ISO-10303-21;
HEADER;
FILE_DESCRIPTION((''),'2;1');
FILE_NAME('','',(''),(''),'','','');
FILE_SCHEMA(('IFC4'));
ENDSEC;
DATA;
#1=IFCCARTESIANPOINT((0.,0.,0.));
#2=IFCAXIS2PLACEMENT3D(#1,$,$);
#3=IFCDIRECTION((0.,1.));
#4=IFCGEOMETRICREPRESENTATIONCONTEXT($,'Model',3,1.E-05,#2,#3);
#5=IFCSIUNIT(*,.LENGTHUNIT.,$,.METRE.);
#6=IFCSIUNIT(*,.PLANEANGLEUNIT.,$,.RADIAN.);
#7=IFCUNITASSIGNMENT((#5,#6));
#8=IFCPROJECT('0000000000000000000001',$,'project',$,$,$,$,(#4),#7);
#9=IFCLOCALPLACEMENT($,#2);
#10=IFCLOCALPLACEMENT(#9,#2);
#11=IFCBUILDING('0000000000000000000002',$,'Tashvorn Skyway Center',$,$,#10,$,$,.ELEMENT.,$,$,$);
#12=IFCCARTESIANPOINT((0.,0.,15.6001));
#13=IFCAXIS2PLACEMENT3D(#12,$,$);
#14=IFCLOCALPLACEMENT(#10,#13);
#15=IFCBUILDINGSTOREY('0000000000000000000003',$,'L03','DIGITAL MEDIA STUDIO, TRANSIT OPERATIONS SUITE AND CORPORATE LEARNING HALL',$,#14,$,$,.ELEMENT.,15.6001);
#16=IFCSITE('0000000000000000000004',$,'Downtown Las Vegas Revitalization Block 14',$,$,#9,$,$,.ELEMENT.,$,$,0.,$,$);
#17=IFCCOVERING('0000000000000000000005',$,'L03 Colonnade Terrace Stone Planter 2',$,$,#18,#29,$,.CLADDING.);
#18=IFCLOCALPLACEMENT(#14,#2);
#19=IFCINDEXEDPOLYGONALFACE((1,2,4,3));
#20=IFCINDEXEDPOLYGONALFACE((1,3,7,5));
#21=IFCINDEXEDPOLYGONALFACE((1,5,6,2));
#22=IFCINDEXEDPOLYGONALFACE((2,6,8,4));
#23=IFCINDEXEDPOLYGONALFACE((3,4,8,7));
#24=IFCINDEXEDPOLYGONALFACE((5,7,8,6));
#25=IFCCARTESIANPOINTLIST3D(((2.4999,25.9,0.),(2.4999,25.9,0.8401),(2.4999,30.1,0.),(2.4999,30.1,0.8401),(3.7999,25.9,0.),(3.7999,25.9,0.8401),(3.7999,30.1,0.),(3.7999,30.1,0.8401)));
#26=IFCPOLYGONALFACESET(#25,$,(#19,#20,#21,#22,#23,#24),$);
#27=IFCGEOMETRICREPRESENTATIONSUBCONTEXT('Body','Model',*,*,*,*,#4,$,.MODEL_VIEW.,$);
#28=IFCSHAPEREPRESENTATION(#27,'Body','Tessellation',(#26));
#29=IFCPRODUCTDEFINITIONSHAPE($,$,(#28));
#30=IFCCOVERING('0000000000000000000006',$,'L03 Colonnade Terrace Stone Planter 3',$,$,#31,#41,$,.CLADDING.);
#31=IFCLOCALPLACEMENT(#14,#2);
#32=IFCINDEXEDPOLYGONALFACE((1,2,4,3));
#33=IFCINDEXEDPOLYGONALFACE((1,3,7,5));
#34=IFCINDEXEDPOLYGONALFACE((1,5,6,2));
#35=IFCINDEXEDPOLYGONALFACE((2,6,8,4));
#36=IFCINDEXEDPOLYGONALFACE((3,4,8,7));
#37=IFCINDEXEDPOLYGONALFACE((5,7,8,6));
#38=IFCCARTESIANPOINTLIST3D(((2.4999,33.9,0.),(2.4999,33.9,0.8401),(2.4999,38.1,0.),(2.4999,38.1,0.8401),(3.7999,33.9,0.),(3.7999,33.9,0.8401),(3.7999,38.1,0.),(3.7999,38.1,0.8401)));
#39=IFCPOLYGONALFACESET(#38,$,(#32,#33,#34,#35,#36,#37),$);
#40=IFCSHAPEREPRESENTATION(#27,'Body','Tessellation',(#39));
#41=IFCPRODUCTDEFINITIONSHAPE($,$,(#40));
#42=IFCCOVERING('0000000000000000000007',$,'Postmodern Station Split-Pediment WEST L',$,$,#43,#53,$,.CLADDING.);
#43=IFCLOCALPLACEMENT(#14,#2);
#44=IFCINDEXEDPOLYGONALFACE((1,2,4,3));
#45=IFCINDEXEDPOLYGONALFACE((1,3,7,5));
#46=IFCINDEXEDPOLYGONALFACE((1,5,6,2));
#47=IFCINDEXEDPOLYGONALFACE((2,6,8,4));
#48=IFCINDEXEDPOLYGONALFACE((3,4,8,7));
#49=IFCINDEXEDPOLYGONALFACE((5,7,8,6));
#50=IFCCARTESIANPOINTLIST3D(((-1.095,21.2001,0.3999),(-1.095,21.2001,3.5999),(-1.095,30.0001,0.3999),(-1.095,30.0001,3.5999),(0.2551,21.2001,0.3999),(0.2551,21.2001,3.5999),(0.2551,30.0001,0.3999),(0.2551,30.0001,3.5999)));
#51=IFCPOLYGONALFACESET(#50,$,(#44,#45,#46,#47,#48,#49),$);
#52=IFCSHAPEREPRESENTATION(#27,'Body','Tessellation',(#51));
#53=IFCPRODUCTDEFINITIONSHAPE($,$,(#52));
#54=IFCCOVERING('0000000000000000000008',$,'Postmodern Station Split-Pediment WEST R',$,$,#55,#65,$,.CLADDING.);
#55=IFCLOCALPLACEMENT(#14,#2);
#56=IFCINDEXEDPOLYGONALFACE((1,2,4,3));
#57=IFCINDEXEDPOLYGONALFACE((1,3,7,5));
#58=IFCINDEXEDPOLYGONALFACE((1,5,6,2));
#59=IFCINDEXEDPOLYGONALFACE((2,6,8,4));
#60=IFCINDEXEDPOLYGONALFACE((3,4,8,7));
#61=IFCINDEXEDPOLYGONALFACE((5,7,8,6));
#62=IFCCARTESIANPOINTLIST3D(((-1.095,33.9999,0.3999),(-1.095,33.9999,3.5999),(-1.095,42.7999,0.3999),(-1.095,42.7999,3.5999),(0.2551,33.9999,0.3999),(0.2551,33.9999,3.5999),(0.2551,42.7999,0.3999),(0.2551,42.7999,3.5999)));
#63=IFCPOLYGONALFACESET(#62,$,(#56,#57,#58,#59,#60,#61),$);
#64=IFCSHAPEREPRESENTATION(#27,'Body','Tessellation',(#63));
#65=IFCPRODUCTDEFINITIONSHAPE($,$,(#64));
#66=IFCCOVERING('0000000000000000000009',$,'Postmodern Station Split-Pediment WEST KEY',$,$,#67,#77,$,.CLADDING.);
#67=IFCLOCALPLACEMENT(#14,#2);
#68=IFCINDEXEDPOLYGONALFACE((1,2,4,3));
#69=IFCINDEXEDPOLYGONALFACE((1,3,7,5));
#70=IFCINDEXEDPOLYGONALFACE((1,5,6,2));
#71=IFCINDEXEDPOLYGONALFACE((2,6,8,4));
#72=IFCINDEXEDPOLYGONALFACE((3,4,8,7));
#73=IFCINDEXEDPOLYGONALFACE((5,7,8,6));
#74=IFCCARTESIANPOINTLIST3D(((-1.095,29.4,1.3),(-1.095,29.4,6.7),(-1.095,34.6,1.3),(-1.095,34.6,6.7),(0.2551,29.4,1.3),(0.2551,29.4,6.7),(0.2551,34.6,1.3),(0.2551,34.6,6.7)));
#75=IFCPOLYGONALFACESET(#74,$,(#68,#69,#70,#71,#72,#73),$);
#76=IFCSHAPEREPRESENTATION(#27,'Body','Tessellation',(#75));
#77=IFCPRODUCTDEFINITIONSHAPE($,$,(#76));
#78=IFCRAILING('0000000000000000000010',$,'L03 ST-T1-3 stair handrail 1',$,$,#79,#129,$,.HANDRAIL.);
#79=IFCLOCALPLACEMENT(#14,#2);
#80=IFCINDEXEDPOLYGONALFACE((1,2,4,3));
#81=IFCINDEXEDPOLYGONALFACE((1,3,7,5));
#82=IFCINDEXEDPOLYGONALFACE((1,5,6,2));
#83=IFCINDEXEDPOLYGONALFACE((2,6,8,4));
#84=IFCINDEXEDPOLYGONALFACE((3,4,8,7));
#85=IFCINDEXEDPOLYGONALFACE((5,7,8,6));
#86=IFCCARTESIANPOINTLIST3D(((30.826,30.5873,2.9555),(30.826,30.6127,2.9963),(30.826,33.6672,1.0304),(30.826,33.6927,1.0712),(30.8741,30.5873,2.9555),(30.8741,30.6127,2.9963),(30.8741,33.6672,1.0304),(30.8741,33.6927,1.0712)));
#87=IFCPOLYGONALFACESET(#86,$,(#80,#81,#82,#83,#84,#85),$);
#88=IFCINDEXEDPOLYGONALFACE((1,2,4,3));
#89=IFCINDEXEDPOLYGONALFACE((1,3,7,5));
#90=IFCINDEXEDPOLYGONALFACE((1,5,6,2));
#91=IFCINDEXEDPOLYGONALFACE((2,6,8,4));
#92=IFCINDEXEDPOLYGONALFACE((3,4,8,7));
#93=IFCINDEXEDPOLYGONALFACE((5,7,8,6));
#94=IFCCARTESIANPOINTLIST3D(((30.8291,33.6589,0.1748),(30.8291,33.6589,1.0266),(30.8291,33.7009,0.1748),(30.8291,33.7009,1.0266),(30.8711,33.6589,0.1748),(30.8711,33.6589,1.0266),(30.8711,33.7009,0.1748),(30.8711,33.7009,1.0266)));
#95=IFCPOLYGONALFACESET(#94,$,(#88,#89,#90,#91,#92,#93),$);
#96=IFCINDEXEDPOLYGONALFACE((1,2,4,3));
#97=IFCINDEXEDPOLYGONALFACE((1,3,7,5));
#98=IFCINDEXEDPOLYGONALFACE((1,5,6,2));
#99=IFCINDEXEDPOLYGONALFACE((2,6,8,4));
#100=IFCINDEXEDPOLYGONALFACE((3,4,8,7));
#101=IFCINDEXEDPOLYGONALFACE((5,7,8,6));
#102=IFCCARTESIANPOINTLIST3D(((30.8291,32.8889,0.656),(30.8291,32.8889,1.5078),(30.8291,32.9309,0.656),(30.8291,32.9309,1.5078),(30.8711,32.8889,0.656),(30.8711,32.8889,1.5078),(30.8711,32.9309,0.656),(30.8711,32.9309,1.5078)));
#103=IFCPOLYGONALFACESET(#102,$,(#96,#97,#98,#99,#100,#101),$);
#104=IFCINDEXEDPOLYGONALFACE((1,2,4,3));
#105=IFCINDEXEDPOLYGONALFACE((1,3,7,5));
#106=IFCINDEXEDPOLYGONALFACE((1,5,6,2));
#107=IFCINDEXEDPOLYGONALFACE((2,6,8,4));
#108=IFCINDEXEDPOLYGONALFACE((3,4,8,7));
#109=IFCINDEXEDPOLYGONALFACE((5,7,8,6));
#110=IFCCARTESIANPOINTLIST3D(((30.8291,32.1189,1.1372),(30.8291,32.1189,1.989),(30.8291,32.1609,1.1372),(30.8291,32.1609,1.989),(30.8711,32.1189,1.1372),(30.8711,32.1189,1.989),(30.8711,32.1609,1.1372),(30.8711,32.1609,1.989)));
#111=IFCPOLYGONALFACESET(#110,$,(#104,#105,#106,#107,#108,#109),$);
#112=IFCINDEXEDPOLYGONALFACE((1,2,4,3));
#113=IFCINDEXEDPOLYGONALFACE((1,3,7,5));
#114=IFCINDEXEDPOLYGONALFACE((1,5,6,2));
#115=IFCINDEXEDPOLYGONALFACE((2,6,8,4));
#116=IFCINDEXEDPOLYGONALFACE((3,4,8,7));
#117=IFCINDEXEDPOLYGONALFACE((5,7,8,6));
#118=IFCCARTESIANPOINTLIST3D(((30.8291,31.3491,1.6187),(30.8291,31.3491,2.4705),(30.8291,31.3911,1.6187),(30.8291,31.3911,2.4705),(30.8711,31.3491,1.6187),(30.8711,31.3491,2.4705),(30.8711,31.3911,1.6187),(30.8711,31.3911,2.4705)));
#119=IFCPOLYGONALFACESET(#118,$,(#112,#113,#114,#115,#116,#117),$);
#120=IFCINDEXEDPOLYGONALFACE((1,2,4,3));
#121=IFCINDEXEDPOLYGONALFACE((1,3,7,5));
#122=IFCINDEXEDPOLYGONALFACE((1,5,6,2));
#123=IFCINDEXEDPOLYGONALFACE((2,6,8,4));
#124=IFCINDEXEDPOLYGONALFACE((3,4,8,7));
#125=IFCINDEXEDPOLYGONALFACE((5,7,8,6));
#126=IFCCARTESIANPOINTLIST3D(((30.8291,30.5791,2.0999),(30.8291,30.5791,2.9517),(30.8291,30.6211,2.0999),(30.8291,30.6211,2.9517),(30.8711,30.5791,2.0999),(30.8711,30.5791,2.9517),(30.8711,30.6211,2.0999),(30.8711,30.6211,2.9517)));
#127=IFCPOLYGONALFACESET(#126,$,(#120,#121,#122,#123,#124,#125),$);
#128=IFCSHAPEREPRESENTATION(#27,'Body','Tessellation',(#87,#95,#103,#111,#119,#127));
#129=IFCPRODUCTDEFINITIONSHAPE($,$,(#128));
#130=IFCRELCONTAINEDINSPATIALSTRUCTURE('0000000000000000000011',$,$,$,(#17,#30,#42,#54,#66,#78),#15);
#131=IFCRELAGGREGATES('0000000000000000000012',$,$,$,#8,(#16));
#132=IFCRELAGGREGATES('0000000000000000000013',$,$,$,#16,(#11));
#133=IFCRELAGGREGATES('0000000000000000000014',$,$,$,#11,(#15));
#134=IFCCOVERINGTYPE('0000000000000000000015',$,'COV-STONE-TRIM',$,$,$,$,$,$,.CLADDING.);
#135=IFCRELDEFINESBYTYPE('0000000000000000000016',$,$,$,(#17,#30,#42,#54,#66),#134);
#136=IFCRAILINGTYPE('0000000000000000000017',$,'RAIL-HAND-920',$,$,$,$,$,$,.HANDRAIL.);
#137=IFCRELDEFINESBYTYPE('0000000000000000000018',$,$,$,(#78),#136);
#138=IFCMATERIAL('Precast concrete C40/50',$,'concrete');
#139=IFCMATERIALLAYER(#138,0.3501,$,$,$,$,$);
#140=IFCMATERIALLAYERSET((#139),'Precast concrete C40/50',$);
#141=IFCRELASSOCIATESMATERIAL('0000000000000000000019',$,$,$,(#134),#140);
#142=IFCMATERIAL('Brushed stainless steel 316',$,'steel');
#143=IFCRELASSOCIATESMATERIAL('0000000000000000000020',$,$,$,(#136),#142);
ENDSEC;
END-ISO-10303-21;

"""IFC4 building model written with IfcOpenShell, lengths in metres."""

from ifc_helpers import new_model, si_unit, direction, frame, origin, origin_2d, place, context, subcontext, project, spatial, rectangle, extrude, material, layer, layer_set, type_object, element, save


model = new_model("IFC4")

# Units and contexts
model_context = context("Model", 3, precision=1e-05, world=origin(), true_north=direction((0.0, 1.0)))
body_context = subcontext(model_context, "Body", "Model", "MODEL_VIEW")
ifc_project = project(units=[si_unit("LENGTHUNIT", "METRE"), si_unit("PLANEANGLEUNIT", "RADIAN")], contexts=[model_context])

# Site, building, storey
site_placement = place(None, origin())
site = spatial("IfcSite", under=ifc_project, at=site_placement, Name="Downtown Las Vegas Revitalization Block 14", CompositionType="ELEMENT", RefElevation=0.0)
building_placement = place(site_placement, origin())
building = spatial("IfcBuilding", under=site, at=building_placement, Name="Tashvorn Skyway Center", CompositionType="ELEMENT")
storey_placement = place(building_placement, frame((0.0, 0.0, 15.6001)))
storey = spatial("IfcBuildingStorey", under=building, at=storey_placement, Name="L03", Description="DIGITAL MEDIA STUDIO, TRANSIT OPERATIONS SUITE AND CORPORATE LEARNING HALL", CompositionType="ELEMENT", Elevation=15.6001)

# Coverings
ifc_material_1 = material(Name="Precast concrete C40/50", Category="concrete")
ifc_layer_1 = layer(ifc_material_1, 0.3501)
ifc_layer_set_1 = layer_set([ifc_layer_1], Name="Precast concrete C40/50")
covering_type = type_object("IfcCoveringType", Name="COV-STONE-TRIM", PredefinedType="CLADDING", material=ifc_layer_set_1)
for number, where, z_axis, x_axis, name in (
    (1, (3.1499, 28.0, 0.0), (0.0, 0.0, 1.0), (1.0, 0.0, 0.0), "L03 Colonnade Terrace Stone Planter 2"),
    (2, (3.1499, 36.0, 0.0), (0.0, 0.0, 1.0), (1.0, 0.0, 0.0), "L03 Colonnade Terrace Stone Planter 3"),
):
    element("IfcCovering", number, at=place(storey_placement, frame(where, z_axis=z_axis, x_axis=x_axis)), inside=storey, type_object=covering_type, Name=name, PredefinedType="CLADDING", context=body_context, shape_type="SweptSolid", body=[
        extrude(rectangle(XDim=1.3, YDim=4.2, at=origin_2d()), origin(), (0.0, 0.0, 1.0), 0.8401),
    ])
for number, where, z_axis, x_axis, name in (
    (3, (-0.4199, 25.6001, 0.3999), (0.0, 0.0, 1.0), (1.0, 0.0, 0.0), "Postmodern Station Split-Pediment WEST L"),
    (4, (-0.4199, 38.3999, 0.3999), (0.0, 0.0, 1.0), (1.0, 0.0, 0.0), "Postmodern Station Split-Pediment WEST R"),
):
    element("IfcCovering", number, at=place(storey_placement, frame(where, z_axis=z_axis, x_axis=x_axis)), inside=storey, type_object=covering_type, Name=name, PredefinedType="CLADDING", context=body_context, shape_type="SweptSolid", body=[
        extrude(rectangle(XDim=1.3501, YDim=8.8, at=origin_2d()), origin(), (0.0, 0.0, 1.0), 3.2),
    ])
covering_placement = place(storey_placement, frame((-0.4199, 32.0, 1.3), z_axis=(0.0, 0.0, 1.0), x_axis=(1.0, 0.0, 0.0)))
element("IfcCovering", 5, at=covering_placement, inside=storey, type_object=covering_type, Name="Postmodern Station Split-Pediment WEST KEY", PredefinedType="CLADDING", context=body_context, shape_type="SweptSolid", body=[
    extrude(rectangle(XDim=1.3501, YDim=5.2, at=origin_2d()), origin(), (0.0, 0.0, 1.0), 5.3999),
])

# Railing
ifc_material_2 = material(Name="Brushed stainless steel 316", Category="steel")
railing_type = type_object("IfcRailingType", Name="RAIL-HAND-920", PredefinedType="HANDRAIL", material=ifc_material_2)
railing_placement = place(storey_placement, frame((30.8501, 33.6799, 0.1748)))
element("IfcRailing", 6, at=railing_placement, inside=storey, type_object=railing_type, Name="L03 ST-T1-3 stair handrail 1", PredefinedType="HANDRAIL", context=body_context, shape_type="SweptSolid", body=[
    extrude(rectangle(XDim=0.0481, YDim=0.0481, at=origin_2d()), frame((0.0, 0.0, 0.876), z_axis=(0.0, -0.847979, 0.530029), x_axis=(1.0, 0.0, 0.0)), (0.0, 0.0, 1.0), 3.6321),
    extrude(rectangle(XDim=0.042, YDim=0.042, at=origin_2d()), origin(), (0.0, 0.0, 1.0), 0.8518),
    extrude(rectangle(XDim=0.042, YDim=0.042, at=origin_2d()), frame((0.0, -0.77, 0.4812)), (0.0, 0.0, 1.0), 0.8518),
    extrude(rectangle(XDim=0.042, YDim=0.042, at=origin_2d()), frame((0.0, -1.54, 0.9624)), (0.0, 0.0, 1.0), 0.8518),
    extrude(rectangle(XDim=0.042, YDim=0.042, at=origin_2d()), frame((0.0, -2.3098, 1.4438)), (0.0, 0.0, 1.0), 0.8518),
    extrude(rectangle(XDim=0.042, YDim=0.042, at=origin_2d()), frame((0.0, -3.0798, 1.925)), (0.0, 0.0, 1.0), 0.8518),
])

save(model, "model.ifc")
